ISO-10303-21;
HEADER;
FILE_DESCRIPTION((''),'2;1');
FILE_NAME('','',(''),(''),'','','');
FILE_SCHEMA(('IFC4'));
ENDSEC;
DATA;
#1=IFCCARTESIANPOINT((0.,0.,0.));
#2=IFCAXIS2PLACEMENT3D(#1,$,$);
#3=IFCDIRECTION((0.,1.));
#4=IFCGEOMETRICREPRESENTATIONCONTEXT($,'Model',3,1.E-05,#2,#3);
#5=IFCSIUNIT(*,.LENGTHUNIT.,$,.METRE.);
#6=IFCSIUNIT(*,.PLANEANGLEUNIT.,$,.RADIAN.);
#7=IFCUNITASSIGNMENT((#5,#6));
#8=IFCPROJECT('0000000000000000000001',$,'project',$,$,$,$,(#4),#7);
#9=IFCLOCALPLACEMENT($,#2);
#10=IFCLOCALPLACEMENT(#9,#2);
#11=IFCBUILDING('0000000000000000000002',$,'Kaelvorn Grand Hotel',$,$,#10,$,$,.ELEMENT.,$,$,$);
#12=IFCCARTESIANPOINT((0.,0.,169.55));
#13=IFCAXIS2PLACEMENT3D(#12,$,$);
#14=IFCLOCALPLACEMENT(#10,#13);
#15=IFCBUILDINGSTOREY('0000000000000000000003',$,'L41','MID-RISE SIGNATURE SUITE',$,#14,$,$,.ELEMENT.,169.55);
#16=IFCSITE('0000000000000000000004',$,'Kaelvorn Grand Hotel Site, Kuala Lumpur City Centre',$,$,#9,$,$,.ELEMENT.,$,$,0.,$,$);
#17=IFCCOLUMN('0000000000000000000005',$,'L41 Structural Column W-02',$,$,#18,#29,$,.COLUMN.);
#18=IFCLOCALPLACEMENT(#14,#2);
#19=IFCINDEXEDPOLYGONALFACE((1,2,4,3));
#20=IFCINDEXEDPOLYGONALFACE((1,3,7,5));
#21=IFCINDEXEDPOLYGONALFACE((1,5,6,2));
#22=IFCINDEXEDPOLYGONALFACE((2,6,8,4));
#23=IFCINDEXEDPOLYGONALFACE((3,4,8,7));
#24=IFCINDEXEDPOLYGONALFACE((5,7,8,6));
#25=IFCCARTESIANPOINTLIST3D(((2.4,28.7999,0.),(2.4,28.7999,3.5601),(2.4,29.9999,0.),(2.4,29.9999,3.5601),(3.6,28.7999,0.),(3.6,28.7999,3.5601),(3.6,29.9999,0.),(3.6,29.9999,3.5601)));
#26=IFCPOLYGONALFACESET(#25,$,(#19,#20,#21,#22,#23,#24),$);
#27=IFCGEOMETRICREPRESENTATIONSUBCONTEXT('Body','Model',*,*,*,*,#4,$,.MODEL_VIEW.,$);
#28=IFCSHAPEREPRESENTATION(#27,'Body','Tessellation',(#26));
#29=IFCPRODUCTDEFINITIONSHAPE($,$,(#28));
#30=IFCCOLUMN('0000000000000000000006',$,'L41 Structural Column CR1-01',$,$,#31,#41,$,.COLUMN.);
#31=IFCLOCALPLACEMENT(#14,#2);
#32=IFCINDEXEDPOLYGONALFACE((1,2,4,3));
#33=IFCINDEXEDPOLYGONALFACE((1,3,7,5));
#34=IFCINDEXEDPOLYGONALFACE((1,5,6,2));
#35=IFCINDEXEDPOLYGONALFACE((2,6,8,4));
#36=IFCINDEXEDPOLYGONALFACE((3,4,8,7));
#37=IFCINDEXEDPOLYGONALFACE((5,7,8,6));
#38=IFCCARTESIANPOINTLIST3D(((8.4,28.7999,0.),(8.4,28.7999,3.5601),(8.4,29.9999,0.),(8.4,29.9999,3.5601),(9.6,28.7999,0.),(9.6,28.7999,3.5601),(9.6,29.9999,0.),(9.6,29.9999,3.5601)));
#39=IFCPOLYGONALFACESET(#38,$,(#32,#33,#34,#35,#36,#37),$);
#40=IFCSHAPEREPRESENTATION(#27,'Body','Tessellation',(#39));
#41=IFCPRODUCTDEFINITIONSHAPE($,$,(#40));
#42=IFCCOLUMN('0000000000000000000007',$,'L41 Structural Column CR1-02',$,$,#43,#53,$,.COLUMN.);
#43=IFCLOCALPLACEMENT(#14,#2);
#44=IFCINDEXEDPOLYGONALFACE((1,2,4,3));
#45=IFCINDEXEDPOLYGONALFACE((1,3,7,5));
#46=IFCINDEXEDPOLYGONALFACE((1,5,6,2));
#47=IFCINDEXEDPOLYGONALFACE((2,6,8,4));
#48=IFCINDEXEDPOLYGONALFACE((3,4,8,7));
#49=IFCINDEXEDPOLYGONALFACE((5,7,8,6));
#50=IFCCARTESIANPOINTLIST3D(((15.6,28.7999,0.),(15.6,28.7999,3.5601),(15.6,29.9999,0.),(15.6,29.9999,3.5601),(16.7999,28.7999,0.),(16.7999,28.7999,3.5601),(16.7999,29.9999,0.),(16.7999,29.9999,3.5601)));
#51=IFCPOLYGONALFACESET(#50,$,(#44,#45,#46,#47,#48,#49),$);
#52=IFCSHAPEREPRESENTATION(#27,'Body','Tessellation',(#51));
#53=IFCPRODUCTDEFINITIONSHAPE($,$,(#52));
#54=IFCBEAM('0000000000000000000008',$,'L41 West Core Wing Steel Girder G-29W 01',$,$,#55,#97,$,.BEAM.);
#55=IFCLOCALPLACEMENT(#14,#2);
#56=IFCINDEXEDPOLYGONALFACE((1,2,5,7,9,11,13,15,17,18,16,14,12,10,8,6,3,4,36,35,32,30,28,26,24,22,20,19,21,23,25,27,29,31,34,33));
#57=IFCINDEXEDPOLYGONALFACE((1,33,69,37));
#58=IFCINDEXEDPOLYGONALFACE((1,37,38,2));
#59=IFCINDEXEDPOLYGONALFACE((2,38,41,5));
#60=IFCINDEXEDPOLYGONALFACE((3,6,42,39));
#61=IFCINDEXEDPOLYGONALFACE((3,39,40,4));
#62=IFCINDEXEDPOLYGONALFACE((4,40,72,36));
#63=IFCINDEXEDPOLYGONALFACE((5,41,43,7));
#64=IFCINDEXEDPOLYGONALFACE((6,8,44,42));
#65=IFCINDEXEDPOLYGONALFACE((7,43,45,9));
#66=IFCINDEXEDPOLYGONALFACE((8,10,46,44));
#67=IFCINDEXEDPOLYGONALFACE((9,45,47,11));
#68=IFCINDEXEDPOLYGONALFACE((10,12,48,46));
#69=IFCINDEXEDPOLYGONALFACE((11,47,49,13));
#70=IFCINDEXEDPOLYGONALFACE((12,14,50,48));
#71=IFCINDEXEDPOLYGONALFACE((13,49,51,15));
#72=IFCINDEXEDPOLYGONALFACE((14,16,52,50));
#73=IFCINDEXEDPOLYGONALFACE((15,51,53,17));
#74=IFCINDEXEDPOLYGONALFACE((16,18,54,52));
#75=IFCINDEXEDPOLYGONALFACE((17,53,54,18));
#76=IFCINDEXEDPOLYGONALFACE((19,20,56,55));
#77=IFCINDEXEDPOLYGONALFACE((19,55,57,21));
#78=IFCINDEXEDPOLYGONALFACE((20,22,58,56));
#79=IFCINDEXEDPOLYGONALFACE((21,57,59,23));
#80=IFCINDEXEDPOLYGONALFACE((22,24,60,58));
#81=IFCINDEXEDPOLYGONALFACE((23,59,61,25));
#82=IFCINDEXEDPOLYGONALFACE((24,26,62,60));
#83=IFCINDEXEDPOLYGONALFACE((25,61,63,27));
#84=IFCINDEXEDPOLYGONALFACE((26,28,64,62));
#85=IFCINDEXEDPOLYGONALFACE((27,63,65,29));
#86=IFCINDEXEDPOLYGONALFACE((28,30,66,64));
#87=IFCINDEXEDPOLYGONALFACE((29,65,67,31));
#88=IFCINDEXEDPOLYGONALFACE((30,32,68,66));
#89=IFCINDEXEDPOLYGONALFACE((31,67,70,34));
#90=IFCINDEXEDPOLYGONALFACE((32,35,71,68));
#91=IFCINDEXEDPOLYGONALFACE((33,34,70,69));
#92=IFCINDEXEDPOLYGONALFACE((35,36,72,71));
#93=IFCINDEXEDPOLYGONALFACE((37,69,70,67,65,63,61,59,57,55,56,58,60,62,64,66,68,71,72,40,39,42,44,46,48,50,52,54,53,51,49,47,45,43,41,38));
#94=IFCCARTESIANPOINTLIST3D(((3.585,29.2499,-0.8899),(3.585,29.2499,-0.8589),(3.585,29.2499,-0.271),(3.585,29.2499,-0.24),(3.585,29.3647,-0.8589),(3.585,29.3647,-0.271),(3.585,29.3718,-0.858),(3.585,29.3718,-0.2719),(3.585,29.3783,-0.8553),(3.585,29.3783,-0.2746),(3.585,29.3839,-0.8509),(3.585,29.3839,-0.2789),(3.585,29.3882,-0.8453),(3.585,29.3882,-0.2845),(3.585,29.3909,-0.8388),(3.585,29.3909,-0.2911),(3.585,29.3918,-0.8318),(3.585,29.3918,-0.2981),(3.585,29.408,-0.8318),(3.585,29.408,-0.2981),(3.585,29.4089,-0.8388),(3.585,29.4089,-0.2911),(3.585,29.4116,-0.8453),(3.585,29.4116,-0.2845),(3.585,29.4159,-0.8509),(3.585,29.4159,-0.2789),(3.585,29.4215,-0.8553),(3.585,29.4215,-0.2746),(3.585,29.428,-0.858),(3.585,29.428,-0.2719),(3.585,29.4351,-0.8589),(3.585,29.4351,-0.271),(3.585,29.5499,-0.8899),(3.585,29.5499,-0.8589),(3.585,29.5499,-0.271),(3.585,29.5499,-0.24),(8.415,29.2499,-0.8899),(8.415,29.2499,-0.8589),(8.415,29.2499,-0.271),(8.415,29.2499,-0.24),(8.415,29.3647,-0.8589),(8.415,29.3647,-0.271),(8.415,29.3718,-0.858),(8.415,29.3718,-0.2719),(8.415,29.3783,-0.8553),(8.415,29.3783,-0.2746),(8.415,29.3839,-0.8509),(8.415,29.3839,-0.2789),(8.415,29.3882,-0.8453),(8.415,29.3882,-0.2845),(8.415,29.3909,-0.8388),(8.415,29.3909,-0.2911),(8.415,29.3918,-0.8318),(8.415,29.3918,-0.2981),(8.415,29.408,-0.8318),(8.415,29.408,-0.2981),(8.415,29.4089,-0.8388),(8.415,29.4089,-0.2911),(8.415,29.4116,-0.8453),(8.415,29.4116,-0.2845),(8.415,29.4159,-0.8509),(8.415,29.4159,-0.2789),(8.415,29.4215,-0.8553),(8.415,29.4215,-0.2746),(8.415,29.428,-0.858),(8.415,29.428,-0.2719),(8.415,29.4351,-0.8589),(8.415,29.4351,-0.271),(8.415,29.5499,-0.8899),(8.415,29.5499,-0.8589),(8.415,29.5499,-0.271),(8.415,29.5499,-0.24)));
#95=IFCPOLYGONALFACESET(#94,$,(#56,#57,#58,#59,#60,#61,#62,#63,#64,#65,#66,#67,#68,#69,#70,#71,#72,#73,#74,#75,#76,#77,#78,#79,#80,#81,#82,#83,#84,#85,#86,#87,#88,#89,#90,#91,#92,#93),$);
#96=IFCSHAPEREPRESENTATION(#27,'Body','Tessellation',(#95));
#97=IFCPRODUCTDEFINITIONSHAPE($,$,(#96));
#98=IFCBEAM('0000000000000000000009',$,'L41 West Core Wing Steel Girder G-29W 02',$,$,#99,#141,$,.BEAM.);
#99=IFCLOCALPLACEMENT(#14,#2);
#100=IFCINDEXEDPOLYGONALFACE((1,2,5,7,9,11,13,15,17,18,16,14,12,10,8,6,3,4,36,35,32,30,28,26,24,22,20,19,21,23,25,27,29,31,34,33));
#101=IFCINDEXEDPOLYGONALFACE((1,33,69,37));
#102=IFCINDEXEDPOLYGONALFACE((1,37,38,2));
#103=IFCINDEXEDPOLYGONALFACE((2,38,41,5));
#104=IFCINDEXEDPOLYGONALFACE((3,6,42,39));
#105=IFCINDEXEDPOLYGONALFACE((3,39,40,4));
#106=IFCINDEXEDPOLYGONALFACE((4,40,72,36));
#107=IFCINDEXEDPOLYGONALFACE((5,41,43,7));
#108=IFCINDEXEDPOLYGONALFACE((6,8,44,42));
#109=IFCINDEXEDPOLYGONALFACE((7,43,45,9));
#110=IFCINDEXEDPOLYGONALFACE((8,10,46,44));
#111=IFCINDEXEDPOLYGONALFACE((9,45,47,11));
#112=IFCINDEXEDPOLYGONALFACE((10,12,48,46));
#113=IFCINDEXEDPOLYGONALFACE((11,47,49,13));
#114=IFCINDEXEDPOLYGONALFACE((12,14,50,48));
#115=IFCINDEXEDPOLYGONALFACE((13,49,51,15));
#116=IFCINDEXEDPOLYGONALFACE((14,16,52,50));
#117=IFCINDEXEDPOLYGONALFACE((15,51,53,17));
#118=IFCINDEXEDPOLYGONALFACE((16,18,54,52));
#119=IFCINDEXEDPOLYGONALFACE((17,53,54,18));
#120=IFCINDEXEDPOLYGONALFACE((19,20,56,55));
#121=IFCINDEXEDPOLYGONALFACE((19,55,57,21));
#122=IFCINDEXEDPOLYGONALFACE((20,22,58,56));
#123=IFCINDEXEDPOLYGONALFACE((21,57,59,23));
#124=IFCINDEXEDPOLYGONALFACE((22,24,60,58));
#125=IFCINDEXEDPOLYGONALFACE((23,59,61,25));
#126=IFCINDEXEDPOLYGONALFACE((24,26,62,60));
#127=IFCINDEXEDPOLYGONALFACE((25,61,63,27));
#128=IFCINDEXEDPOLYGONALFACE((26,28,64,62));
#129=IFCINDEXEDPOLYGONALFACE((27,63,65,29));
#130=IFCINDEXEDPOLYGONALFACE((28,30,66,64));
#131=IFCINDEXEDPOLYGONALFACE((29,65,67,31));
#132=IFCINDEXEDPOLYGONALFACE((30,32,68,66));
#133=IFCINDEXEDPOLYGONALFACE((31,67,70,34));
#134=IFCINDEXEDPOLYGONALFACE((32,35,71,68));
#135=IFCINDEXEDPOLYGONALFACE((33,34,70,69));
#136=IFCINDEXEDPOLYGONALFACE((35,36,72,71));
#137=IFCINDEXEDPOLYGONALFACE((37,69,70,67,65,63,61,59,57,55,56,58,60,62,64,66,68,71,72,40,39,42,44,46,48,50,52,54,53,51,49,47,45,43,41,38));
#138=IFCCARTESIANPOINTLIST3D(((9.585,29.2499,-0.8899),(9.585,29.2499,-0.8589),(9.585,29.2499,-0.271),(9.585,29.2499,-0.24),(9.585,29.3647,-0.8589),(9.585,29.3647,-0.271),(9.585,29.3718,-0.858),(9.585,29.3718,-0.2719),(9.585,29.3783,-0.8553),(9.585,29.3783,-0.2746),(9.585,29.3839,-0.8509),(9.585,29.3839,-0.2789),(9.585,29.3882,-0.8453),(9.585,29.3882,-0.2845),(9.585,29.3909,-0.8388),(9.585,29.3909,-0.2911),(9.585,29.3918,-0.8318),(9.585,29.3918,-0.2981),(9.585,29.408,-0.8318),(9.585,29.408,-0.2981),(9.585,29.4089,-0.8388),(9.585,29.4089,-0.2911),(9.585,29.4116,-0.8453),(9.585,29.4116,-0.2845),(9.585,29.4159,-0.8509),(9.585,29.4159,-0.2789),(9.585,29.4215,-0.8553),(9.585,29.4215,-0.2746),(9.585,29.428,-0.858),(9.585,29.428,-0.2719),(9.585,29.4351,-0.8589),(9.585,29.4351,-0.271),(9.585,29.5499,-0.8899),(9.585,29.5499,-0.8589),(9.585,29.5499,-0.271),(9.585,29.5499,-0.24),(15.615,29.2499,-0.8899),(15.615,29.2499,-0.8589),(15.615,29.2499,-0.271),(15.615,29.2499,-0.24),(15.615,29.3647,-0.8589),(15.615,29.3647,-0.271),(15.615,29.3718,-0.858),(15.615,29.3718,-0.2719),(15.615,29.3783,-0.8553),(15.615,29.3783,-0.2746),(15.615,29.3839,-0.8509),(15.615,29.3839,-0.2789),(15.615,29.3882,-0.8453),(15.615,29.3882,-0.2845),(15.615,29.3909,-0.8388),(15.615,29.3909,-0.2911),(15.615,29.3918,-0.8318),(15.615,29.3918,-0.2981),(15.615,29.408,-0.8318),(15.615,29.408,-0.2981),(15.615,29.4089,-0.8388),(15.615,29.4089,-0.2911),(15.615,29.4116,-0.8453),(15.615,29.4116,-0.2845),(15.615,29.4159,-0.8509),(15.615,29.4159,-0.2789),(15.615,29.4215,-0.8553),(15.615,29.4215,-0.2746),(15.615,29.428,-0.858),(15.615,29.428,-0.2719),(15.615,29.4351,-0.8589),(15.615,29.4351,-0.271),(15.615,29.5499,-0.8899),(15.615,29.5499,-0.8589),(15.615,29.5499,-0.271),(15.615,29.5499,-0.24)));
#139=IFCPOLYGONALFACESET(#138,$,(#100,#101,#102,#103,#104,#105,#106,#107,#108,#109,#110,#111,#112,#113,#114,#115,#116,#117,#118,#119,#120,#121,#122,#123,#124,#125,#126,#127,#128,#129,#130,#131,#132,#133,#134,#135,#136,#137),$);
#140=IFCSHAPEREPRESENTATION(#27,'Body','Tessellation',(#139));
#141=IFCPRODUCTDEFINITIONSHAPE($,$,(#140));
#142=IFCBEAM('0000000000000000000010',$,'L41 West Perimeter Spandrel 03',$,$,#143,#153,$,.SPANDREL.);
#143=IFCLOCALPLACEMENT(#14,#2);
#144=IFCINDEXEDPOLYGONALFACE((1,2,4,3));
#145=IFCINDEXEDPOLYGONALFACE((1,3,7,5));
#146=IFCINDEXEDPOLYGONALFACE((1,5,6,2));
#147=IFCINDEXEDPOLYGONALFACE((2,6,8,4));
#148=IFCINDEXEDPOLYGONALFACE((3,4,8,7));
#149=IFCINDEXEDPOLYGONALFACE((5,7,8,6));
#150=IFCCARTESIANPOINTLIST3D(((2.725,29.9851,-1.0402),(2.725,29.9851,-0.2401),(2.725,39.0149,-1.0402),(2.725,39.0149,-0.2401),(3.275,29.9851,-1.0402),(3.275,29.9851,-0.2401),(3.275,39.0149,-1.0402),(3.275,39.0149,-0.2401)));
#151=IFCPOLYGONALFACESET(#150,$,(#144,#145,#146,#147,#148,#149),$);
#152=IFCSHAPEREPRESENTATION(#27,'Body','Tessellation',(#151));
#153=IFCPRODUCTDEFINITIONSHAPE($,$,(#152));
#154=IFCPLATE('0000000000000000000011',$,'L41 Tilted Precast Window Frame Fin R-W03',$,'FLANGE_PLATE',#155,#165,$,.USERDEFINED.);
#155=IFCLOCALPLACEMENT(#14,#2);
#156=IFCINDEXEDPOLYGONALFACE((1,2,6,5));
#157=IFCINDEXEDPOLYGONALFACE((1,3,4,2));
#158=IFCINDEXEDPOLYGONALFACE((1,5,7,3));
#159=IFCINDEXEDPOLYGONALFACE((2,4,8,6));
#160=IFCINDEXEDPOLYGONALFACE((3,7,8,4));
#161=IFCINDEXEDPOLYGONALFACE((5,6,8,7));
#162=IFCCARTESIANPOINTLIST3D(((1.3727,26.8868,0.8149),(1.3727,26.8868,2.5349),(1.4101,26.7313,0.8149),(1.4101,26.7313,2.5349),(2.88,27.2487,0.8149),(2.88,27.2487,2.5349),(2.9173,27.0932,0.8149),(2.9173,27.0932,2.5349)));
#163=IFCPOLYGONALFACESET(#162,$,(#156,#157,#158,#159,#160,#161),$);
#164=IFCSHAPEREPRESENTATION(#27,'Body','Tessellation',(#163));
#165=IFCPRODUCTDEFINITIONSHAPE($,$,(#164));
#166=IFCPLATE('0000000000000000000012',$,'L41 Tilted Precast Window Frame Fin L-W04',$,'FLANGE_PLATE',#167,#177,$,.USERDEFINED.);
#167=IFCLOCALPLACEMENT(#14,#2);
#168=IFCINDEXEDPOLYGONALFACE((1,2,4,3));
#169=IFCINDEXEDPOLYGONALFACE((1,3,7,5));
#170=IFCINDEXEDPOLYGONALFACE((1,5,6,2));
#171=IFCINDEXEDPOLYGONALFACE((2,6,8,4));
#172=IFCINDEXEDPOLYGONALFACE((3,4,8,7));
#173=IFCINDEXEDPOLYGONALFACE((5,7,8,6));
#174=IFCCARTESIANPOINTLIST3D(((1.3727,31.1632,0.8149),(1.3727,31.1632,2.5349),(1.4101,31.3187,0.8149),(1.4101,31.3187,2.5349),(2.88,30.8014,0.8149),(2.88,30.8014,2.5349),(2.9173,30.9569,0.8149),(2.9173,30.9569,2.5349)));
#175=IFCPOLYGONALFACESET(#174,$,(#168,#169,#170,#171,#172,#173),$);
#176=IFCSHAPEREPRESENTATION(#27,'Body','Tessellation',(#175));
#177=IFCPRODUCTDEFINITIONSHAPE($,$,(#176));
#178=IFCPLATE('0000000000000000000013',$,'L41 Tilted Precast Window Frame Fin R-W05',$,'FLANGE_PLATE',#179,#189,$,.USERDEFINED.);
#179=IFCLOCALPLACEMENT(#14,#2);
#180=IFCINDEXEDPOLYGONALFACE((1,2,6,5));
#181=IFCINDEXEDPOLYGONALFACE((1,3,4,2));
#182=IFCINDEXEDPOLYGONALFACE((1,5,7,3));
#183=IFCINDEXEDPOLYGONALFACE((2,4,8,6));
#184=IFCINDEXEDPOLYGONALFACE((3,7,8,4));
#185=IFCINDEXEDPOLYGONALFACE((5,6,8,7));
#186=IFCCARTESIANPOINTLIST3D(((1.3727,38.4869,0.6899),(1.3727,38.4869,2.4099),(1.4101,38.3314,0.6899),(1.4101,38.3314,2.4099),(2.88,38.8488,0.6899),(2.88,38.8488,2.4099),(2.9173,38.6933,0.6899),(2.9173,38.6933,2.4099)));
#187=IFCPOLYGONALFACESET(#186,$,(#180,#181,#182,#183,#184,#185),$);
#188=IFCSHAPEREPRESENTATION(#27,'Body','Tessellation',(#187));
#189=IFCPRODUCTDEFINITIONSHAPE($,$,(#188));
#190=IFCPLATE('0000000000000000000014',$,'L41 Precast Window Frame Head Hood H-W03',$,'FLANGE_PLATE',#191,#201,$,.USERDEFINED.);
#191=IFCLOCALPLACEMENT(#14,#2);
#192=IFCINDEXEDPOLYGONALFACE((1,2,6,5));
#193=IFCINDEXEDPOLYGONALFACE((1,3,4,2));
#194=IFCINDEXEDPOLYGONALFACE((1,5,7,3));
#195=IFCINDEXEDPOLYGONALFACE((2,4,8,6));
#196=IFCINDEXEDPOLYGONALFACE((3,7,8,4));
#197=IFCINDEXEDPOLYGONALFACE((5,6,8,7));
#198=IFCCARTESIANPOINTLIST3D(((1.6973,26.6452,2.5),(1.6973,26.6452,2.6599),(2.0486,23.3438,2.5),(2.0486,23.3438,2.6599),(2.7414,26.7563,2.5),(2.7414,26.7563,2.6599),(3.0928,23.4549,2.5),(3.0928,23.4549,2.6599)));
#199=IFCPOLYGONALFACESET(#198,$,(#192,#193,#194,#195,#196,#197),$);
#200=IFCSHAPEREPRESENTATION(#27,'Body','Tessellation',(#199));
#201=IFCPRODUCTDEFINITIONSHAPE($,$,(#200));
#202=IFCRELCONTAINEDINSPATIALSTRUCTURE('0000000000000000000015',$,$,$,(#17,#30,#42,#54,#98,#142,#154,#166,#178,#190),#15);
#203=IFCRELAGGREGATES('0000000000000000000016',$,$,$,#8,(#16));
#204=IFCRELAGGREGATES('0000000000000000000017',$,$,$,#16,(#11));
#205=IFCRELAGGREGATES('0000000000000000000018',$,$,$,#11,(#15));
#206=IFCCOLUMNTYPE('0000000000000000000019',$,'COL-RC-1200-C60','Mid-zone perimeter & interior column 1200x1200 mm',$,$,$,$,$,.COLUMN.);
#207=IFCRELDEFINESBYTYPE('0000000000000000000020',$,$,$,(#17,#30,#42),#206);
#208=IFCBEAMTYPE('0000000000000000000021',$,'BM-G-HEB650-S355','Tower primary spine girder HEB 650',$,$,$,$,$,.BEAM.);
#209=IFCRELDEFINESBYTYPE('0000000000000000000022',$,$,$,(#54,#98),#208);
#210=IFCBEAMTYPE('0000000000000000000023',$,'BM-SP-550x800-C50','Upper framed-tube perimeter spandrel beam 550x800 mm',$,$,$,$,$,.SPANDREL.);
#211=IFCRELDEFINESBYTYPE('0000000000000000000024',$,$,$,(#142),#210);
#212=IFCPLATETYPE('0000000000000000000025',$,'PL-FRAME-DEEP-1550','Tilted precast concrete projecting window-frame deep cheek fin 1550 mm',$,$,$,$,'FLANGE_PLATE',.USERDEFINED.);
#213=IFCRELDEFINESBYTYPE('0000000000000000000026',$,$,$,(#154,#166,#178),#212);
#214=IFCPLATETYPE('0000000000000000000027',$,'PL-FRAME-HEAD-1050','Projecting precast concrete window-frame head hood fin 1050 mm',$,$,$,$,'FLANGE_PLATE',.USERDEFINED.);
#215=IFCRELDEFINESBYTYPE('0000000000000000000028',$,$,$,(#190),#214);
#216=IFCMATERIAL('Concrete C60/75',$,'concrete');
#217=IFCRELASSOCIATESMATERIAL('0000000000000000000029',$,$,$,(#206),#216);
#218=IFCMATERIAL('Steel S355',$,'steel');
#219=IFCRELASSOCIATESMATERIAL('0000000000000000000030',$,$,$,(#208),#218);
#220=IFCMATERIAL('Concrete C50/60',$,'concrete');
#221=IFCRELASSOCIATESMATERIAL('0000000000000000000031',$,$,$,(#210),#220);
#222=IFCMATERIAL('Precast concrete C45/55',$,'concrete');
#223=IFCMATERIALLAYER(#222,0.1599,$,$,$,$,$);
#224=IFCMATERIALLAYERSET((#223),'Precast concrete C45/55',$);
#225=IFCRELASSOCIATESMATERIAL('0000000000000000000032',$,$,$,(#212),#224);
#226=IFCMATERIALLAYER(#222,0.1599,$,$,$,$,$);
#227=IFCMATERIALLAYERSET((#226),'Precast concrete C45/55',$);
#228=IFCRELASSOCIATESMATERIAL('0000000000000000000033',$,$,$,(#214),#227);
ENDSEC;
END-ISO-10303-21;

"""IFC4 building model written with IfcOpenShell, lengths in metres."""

from ifc_helpers import new_model, si_unit, direction, frame, origin, origin_2d, place, context, subcontext, project, spatial, rectangle, i_section, extrude, material, layer, layer_set, material_profile, profile_set, type_object, element, save


model = new_model("IFC4")

# Units and contexts
model_context = context("Model", 3, precision=1e-05, world=origin(), true_north=direction((0.0, 1.0)))
body_context = subcontext(model_context, "Body", "Model", "MODEL_VIEW")
ifc_project = project(units=[si_unit("LENGTHUNIT", "METRE"), si_unit("PLANEANGLEUNIT", "RADIAN")], contexts=[model_context])

# Site, building, storey
site_placement = place(None, origin())
site = spatial("IfcSite", under=ifc_project, at=site_placement, Name="Kaelvorn Grand Hotel Site, Kuala Lumpur City Centre", CompositionType="ELEMENT", RefElevation=0.0)
building_placement = place(site_placement, origin())
building = spatial("IfcBuilding", under=site, at=building_placement, Name="Kaelvorn Grand Hotel", CompositionType="ELEMENT")
storey_placement = place(building_placement, frame((0.0, 0.0, 169.55)))
storey = spatial("IfcBuildingStorey", under=building, at=storey_placement, Name="L41", Description="MID-RISE SIGNATURE SUITE", CompositionType="ELEMENT", Elevation=169.55)

# Columns
ifc_material_1 = material(Name="Concrete C60/75", Category="concrete")
ifc_material_profile_1 = material_profile(ifc_material_1, rectangle(XDim=1.2, YDim=1.2, at=origin_2d()), Name="RC COL 1200x1200")
ifc_profile_set_1 = profile_set([ifc_material_profile_1], Name="Concrete C60/75")
column_type = type_object("IfcColumnType", Name="COL-RC-1200-C60", Description="Mid-zone perimeter & interior column 1200x1200 mm", PredefinedType="COLUMN", material=ifc_profile_set_1)
for number, where, z_axis, x_axis, name in (
    (1, (3.0, 29.3999, 0.0), (0.0, 0.0, 1.0), (1.0, 0.0, 0.0), "L41 Structural Column W-02"),
    (2, (9.0, 29.3999, 0.0), (0.0, 0.0, 1.0), (1.0, 0.0, 0.0), "L41 Structural Column CR1-01"),
    (3, (16.2, 29.3999, 0.0), (0.0, 0.0, 1.0), (1.0, 0.0, 0.0), "L41 Structural Column CR1-02"),
):
    element("IfcColumn", number, at=place(storey_placement, frame(where, z_axis=z_axis, x_axis=x_axis)), inside=storey, type_object=column_type, Name=name, PredefinedType="COLUMN", context=body_context, shape_type="SweptSolid", body=[
        extrude(rectangle(XDim=1.2, YDim=1.2, at=origin_2d()), origin(), (0.0, 0.0, 1.0), 3.5601),
    ])

# Beams
ifc_material_2 = material(Name="Steel S355", Category="steel")
ifc_material_profile_2 = material_profile(ifc_material_2, i_section(OverallWidth=0.3, OverallDepth=0.6499, WebThickness=0.0161, FlangeThickness=0.031, FilletRadius=0.0271, at=origin_2d()), Name="HEB 650")
ifc_profile_set_2 = profile_set([ifc_material_profile_2], Name="Steel S355")
beam_type_1 = type_object("IfcBeamType", Name="BM-G-HEB650-S355", Description="Tower primary spine girder HEB 650", PredefinedType="BEAM", material=ifc_profile_set_2)
beam_1_placement = place(storey_placement, frame((3.585, 29.3999, -0.5649), z_axis=(1.0, 0.0, 0.0), x_axis=(0.0, 1.0, 0.0)))
element("IfcBeam", 4, at=beam_1_placement, inside=storey, type_object=beam_type_1, Name="L41 West Core Wing Steel Girder G-29W 01", PredefinedType="BEAM", context=body_context, shape_type="SweptSolid", body=[
    extrude(i_section(OverallWidth=0.3, OverallDepth=0.6499, WebThickness=0.0161, FlangeThickness=0.031, FilletRadius=0.0271, at=origin_2d()), origin(), (0.0, 0.0, 1.0), 4.8301),
])
beam_2_placement = place(storey_placement, frame((9.585, 29.3999, -0.5649), z_axis=(1.0, 0.0, 0.0), x_axis=(0.0, 1.0, 0.0)))
element("IfcBeam", 5, at=beam_2_placement, inside=storey, type_object=beam_type_1, Name="L41 West Core Wing Steel Girder G-29W 02", PredefinedType="BEAM", context=body_context, shape_type="SweptSolid", body=[
    extrude(i_section(OverallWidth=0.3, OverallDepth=0.6499, WebThickness=0.0161, FlangeThickness=0.031, FilletRadius=0.0271, at=origin_2d()), origin(), (0.0, 0.0, 1.0), 6.03),
])
ifc_material_3 = material(Name="Concrete C50/60", Category="concrete")
ifc_material_profile_3 = material_profile(ifc_material_3, rectangle(XDim=0.55, YDim=0.8, at=origin_2d()), Name="RC SPANDREL 550x800")
ifc_profile_set_3 = profile_set([ifc_material_profile_3], Name="Concrete C50/60")
beam_type_2 = type_object("IfcBeamType", Name="BM-SP-550x800-C50", Description="Upper framed-tube perimeter spandrel beam 550x800 mm", PredefinedType="SPANDREL", material=ifc_profile_set_3)
beam_3_placement = place(storey_placement, frame((3.0, 29.9851, -0.6401), z_axis=(0.0, 1.0, 0.0), x_axis=(-1.0, 0.0, 0.0)))
element("IfcBeam", 6, at=beam_3_placement, inside=storey, type_object=beam_type_2, Name="L41 West Perimeter Spandrel 03", PredefinedType="SPANDREL", context=body_context, shape_type="SweptSolid", body=[
    extrude(rectangle(XDim=0.55, YDim=0.8, at=origin_2d()), origin(), (0.0, 0.0, 1.0), 9.0298),
])

# Plates
ifc_material_4 = material(Name="Precast concrete C45/55", Category="concrete")
ifc_layer_1 = layer(ifc_material_4, 0.1599)
ifc_layer_set_1 = layer_set([ifc_layer_1], Name="Precast concrete C45/55")
plate_type_1 = type_object("IfcPlateType", Name="PL-FRAME-DEEP-1550", Description="Tilted precast concrete projecting window-frame deep cheek fin 1550 mm", ElementType="FLANGE_PLATE", PredefinedType="USERDEFINED", material=ifc_layer_set_1)
for number, where, z_axis, x_axis, name in (
    (7, (2.145, 26.99, 0.8149), (0.0, 0.0, 1.0), (-0.233445, 0.97237, 0.0), "L41 Tilted Precast Window Frame Fin R-W03"),
    (8, (2.145, 31.0601, 0.8149), (0.0, 0.0, 1.0), (0.233445, 0.97237, 0.0), "L41 Tilted Precast Window Frame Fin L-W04"),
    (9, (2.145, 38.5901, 0.6899), (0.0, 0.0, 1.0), (-0.233445, 0.97237, 0.0), "L41 Tilted Precast Window Frame Fin R-W05"),
):
    element("IfcPlate", number, at=place(storey_placement, frame(where, z_axis=z_axis, x_axis=x_axis)), inside=storey, type_object=plate_type_1, Name=name, ObjectType="FLANGE_PLATE", PredefinedType="USERDEFINED", context=body_context, shape_type="SweptSolid", body=[
        extrude(rectangle(XDim=0.1599, YDim=1.55, at=origin_2d()), origin(), (0.0, 0.0, 1.0), 1.72),
    ])
ifc_layer_2 = layer(ifc_material_4, 0.1599)
ifc_layer_set_2 = layer_set([ifc_layer_2], Name="Precast concrete C45/55")
plate_type_2 = type_object("IfcPlateType", Name="PL-FRAME-HEAD-1050", Description="Projecting precast concrete window-frame head hood fin 1050 mm", ElementType="FLANGE_PLATE", PredefinedType="USERDEFINED", material=ifc_layer_set_2)
for number, where, z_axis, x_axis, name in (
    (10, (2.395, 25.05, 2.5), (0.0, 0.0, 1.0), (-0.10583, 0.994384, 0.0), "L41 Precast Window Frame Head Hood H-W03"),
):
    element("IfcPlate", number, at=place(storey_placement, frame(where, z_axis=z_axis, x_axis=x_axis)), inside=storey, type_object=plate_type_2, Name=name, ObjectType="FLANGE_PLATE", PredefinedType="USERDEFINED", context=body_context, shape_type="SweptSolid", body=[
        extrude(rectangle(XDim=3.3201, YDim=1.05, at=origin_2d()), origin(), (0.0, 0.0, 1.0), 0.1599),
    ])

save(model, "model.ifc")
